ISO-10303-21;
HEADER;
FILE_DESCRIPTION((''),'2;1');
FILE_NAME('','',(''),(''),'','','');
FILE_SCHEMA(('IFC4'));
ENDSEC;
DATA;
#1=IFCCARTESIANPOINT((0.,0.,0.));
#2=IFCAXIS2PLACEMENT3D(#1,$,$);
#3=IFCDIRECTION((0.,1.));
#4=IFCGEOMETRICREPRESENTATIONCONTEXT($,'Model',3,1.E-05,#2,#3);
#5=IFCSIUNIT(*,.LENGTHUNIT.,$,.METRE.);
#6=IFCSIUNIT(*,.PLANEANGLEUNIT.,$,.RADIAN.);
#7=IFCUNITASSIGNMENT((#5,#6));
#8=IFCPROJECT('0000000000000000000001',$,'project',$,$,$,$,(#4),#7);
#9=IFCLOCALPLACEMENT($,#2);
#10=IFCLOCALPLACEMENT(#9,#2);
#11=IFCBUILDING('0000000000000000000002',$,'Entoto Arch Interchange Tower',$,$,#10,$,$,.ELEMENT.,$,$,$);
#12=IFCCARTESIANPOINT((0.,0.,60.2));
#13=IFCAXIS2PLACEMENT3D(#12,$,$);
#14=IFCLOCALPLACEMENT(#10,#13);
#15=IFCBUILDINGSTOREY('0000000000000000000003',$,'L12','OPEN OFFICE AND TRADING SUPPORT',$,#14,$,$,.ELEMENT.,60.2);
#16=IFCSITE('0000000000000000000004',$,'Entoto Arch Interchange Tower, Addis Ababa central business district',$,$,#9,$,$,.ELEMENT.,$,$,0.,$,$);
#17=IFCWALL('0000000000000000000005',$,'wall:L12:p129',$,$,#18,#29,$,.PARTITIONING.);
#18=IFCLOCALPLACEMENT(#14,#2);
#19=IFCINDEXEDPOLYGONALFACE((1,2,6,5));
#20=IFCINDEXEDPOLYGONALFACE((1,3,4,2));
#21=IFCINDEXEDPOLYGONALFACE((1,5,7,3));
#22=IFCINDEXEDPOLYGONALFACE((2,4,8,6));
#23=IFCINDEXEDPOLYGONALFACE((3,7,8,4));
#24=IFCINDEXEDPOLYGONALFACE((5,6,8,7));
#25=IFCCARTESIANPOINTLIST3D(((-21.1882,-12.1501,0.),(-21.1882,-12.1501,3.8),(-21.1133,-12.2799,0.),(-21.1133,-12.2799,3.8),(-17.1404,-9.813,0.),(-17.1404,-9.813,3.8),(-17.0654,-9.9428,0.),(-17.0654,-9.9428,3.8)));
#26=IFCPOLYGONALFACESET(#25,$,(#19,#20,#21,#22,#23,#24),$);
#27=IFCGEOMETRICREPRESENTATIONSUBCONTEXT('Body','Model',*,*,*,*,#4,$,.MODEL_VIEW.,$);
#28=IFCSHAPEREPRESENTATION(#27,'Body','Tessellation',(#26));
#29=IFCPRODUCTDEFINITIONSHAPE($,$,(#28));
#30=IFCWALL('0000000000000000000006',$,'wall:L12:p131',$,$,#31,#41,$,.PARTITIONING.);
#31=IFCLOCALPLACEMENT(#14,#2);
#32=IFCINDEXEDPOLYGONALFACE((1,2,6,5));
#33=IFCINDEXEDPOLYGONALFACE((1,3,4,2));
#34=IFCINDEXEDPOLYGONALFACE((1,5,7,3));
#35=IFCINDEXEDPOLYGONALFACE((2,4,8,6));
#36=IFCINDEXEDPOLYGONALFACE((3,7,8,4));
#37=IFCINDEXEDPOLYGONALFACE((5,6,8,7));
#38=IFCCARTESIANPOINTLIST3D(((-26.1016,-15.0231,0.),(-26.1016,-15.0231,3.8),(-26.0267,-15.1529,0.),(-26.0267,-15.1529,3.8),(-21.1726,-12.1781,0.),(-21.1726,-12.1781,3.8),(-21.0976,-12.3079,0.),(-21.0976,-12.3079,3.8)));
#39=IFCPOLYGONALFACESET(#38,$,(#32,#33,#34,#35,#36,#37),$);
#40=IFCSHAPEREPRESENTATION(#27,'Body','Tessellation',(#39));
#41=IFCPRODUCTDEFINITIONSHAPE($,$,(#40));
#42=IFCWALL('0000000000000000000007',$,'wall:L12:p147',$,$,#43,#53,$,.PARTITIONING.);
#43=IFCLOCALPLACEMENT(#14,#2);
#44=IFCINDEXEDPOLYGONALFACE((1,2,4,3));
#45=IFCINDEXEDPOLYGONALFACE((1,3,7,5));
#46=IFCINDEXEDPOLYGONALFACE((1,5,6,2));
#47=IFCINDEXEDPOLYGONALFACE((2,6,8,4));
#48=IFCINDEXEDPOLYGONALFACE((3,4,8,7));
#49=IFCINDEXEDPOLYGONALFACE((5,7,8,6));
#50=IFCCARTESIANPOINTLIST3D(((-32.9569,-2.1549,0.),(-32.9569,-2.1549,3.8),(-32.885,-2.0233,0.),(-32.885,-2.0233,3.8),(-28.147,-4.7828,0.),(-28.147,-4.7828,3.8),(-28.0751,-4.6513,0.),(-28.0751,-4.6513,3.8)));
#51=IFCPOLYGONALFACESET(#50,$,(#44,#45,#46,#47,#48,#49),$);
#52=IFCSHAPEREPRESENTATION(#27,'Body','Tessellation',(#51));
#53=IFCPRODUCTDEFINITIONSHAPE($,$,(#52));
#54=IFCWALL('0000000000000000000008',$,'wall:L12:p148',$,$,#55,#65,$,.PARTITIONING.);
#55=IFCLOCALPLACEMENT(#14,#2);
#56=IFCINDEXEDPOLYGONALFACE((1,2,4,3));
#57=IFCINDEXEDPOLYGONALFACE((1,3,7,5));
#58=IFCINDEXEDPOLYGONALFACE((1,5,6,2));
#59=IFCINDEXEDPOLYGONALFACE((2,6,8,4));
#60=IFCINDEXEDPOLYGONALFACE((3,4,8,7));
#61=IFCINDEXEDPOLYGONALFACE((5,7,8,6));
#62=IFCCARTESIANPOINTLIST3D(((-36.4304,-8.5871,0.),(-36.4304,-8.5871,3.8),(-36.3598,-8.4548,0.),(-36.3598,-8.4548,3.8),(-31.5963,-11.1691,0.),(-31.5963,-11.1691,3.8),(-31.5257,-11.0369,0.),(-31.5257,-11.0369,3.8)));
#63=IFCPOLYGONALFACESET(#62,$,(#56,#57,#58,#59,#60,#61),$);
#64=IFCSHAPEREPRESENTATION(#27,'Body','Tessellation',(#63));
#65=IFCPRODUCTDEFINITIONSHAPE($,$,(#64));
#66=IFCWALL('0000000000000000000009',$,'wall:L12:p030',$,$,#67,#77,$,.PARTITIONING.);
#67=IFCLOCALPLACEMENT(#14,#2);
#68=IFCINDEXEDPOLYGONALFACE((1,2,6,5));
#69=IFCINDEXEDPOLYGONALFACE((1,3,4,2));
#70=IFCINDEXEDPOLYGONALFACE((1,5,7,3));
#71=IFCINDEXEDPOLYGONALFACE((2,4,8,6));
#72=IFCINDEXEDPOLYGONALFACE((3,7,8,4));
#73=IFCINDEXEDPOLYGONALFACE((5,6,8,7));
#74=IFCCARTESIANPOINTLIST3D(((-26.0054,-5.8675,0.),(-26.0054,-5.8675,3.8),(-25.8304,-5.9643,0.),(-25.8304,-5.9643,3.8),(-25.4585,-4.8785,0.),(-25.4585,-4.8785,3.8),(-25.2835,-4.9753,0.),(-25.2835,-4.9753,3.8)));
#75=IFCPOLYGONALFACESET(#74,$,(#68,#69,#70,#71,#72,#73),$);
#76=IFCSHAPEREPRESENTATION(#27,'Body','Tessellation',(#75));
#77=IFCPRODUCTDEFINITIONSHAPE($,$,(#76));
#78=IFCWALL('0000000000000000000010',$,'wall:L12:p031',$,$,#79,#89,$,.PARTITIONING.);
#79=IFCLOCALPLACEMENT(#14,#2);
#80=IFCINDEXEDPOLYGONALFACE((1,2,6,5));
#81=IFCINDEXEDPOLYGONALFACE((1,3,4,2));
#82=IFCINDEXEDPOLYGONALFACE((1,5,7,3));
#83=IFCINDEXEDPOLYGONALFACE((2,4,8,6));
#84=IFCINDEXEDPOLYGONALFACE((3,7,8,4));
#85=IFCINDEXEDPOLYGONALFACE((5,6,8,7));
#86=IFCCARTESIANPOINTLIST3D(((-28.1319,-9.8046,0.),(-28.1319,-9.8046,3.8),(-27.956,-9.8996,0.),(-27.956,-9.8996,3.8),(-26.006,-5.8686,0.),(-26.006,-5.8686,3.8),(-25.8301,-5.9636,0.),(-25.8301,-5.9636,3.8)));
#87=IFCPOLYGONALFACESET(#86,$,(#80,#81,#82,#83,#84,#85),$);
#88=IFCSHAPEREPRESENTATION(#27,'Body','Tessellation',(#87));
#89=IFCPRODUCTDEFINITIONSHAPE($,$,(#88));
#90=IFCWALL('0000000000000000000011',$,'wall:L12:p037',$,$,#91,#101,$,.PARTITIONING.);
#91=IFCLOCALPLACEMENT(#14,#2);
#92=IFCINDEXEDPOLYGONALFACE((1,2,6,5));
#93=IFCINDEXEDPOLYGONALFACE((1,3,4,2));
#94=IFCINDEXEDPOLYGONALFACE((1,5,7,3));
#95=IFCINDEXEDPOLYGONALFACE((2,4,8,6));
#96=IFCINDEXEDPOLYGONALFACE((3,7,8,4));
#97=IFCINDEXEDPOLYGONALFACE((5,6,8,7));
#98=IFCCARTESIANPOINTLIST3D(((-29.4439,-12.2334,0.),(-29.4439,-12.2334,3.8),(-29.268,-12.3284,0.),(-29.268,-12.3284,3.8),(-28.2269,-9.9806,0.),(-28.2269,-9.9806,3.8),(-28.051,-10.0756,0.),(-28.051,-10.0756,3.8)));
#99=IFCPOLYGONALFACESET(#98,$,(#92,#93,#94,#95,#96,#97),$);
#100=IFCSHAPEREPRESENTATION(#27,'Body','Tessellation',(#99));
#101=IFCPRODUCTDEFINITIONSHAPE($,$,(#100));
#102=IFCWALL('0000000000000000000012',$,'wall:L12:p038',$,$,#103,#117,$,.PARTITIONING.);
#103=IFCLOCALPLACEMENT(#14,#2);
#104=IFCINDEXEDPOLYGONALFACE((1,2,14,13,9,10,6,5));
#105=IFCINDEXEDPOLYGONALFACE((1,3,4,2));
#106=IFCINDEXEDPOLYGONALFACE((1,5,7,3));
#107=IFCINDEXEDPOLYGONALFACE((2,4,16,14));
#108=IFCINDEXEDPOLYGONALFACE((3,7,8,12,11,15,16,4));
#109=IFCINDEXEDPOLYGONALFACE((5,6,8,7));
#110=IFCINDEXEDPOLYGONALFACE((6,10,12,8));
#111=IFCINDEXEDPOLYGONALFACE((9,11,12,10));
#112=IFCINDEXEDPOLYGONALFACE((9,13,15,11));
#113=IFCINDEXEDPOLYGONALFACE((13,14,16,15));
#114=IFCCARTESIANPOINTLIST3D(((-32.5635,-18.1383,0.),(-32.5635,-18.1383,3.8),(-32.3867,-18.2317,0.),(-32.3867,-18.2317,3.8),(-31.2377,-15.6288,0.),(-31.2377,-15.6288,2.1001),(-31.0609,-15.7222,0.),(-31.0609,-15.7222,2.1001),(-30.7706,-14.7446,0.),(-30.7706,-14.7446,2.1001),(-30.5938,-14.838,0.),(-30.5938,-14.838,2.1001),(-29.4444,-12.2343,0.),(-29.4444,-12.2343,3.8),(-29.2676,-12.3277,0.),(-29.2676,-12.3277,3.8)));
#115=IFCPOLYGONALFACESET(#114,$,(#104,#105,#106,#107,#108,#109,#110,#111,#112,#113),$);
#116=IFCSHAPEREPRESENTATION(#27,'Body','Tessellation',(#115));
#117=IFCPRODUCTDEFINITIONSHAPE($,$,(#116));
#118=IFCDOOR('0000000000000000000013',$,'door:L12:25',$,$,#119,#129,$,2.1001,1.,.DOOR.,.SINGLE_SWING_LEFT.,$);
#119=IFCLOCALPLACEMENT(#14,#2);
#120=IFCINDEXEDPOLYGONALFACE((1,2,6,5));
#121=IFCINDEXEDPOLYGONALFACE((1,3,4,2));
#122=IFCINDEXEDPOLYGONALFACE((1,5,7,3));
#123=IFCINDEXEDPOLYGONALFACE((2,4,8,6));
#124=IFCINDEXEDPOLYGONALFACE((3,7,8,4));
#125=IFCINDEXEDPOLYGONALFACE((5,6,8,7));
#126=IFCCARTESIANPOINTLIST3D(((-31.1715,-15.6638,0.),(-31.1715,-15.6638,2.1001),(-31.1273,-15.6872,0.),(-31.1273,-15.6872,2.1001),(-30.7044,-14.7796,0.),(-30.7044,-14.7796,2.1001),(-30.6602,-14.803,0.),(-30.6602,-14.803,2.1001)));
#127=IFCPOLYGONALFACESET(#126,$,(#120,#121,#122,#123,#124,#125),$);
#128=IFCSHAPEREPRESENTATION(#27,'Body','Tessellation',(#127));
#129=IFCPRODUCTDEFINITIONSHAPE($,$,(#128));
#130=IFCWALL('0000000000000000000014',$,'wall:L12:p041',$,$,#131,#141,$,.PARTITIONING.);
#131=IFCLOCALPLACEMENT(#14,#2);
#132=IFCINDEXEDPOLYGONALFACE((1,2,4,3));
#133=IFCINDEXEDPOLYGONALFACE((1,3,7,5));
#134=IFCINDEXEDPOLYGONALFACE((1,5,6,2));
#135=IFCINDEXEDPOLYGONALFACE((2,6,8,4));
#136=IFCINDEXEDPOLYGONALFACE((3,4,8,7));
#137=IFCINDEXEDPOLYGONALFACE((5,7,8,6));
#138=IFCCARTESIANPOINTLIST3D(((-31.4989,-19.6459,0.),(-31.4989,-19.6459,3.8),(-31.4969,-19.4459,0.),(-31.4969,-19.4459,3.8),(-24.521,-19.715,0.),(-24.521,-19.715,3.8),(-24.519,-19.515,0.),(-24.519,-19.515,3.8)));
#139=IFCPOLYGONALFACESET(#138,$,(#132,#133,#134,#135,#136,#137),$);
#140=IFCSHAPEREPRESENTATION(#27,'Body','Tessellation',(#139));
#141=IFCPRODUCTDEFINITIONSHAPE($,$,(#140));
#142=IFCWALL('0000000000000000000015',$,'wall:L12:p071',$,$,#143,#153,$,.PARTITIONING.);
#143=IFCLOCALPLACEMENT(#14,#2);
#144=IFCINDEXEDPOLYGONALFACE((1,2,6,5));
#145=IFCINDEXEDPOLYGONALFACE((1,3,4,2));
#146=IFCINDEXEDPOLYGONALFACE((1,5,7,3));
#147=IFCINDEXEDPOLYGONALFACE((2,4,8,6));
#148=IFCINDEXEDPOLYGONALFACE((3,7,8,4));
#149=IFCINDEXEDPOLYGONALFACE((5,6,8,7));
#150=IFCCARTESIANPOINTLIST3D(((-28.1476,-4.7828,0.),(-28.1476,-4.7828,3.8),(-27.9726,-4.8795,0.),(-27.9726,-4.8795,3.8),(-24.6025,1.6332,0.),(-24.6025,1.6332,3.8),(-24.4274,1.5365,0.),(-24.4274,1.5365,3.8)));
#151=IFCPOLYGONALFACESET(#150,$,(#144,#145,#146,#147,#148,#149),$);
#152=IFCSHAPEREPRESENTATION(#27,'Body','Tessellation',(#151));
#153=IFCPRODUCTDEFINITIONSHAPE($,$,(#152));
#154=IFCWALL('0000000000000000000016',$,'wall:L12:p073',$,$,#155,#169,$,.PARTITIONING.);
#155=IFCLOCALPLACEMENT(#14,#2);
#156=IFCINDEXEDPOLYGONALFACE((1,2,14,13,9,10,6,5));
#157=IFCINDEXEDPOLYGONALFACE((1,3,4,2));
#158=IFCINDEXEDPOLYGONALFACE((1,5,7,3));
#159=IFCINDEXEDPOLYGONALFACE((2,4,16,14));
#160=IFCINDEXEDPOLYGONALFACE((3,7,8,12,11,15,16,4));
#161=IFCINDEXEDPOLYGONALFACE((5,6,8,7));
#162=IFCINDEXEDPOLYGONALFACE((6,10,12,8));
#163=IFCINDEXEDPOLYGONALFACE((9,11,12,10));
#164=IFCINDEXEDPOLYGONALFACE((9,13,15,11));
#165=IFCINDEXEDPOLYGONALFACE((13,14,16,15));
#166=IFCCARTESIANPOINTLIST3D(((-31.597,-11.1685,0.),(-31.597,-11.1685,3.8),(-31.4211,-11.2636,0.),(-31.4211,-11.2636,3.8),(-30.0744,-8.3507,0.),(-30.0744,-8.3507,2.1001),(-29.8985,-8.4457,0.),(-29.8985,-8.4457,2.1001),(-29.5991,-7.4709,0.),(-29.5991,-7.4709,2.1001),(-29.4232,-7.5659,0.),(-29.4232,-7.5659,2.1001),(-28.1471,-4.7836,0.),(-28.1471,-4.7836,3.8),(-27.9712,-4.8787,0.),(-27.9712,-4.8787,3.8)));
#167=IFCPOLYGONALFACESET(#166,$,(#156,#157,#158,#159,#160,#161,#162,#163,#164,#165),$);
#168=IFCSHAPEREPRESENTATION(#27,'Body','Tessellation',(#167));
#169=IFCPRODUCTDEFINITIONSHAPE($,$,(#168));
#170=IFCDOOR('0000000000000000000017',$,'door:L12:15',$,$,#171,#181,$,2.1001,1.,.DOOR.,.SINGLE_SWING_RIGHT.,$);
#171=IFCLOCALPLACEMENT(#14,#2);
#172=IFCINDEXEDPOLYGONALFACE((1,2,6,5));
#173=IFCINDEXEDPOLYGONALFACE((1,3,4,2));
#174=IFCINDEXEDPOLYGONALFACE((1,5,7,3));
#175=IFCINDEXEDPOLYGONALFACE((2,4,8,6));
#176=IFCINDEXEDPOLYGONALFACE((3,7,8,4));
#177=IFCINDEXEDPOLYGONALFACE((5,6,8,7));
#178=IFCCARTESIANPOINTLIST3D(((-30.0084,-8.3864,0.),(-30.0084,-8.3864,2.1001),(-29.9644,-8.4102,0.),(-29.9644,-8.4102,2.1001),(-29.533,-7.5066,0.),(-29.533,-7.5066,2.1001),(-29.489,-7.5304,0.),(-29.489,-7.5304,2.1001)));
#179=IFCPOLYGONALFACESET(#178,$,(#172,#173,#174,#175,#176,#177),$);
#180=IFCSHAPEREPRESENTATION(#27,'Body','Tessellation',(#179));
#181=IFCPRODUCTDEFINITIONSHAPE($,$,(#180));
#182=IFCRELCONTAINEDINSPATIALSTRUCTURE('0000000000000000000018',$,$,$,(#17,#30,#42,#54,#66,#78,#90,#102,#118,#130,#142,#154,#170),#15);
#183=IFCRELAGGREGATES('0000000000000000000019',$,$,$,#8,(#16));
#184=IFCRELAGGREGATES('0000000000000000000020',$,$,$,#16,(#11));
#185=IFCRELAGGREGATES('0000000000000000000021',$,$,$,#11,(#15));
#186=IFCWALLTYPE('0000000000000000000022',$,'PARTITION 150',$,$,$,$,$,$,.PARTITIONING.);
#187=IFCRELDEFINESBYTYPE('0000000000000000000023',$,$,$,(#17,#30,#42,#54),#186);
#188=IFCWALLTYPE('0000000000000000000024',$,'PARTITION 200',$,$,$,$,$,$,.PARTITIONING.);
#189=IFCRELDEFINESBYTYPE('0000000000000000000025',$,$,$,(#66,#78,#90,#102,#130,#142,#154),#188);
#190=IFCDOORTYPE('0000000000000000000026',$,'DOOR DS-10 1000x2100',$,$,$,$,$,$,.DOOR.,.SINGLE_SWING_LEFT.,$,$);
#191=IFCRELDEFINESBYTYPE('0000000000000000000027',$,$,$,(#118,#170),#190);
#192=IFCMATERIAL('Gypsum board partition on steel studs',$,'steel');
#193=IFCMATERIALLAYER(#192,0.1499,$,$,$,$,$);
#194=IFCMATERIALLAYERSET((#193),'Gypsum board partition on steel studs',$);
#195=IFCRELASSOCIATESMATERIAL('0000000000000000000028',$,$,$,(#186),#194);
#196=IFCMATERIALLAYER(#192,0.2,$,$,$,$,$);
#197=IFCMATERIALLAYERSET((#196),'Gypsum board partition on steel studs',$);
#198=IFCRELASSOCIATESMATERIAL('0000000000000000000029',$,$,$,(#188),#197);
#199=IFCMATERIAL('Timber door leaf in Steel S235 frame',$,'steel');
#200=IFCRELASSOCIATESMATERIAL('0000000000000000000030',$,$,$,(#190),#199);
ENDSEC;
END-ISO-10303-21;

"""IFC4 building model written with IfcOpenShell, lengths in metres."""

from ifc_helpers import new_model, si_unit, direction, frame, frame_2d, origin, place, context, subcontext, project, spatial, rectangle, extrude, material, layer, layer_set, type_object, element, fill, save


model = new_model("IFC4")

# Units and contexts
model_context = context("Model", 3, precision=1e-05, world=origin(), true_north=direction((0.0, 1.0)))
body_context = subcontext(model_context, "Body", "Model", "MODEL_VIEW")
ifc_project = project(units=[si_unit("LENGTHUNIT", "METRE"), si_unit("PLANEANGLEUNIT", "RADIAN")], contexts=[model_context])

# Site, building, storey
site_placement = place(None, origin())
site = spatial("IfcSite", under=ifc_project, at=site_placement, Name="Entoto Arch Interchange Tower, Addis Ababa central business district", CompositionType="ELEMENT", RefElevation=0.0)
building_placement = place(site_placement, origin())
building = spatial("IfcBuilding", under=site, at=building_placement, Name="Entoto Arch Interchange Tower", CompositionType="ELEMENT")
storey_placement = place(building_placement, frame((0.0, 0.0, 60.2)))
storey = spatial("IfcBuildingStorey", under=building, at=storey_placement, Name="L12", Description="OPEN OFFICE AND TRADING SUPPORT", CompositionType="ELEMENT", Elevation=60.2)

# Walls
ifc_material_1 = material(Name="Gypsum board partition on steel studs", Category="steel")
ifc_layer_1 = layer(ifc_material_1, 0.1499)
ifc_layer_set_1 = layer_set([ifc_layer_1], Name="Gypsum board partition on steel studs")
wall_type_1 = type_object("IfcWallType", Name="PARTITION 150", PredefinedType="PARTITIONING", material=ifc_layer_set_1)
wall_1_placement = place(storey_placement, frame((-17.103, -9.8779, 0.0), z_axis=(0.0, 0.0, 1.0), x_axis=(-0.866013, -0.500021, 0.0)))
element("IfcWall", 1, at=wall_1_placement, inside=storey, type_object=wall_type_1, Name="wall:L12:p129", PredefinedType="PARTITIONING", context=body_context, shape_type="SweptSolid", body=[
    extrude(rectangle(XDim=4.6741, YDim=0.1499, at=frame_2d((2.3369, 0.0))), origin(), (0.0, 0.0, 1.0), 3.8),
])
wall_2_placement = place(storey_placement, frame((-21.135, -12.2429, 0.0), z_axis=(0.0, 0.0, 1.0), x_axis=(-0.866083, -0.499899, 0.0)))
element("IfcWall", 2, at=wall_2_placement, inside=storey, type_object=wall_type_1, Name="wall:L12:p131", PredefinedType="PARTITIONING", context=body_context, shape_type="SweptSolid", body=[
    extrude(rectangle(XDim=5.6912, YDim=0.1499, at=frame_2d((2.8457, 0.0))), origin(), (0.0, 0.0, 1.0), 3.8),
])
wall_3_placement = place(storey_placement, frame((-28.1111, -4.717, 0.0), z_axis=(0.0, 0.0, 1.0), x_axis=(-0.877558, 0.47947, 0.0)))
element("IfcWall", 3, at=wall_3_placement, inside=storey, type_object=wall_type_1, Name="wall:L12:p147", PredefinedType="PARTITIONING", context=body_context, shape_type="SweptSolid", body=[
    extrude(rectangle(XDim=5.481, YDim=0.1499, at=frame_2d((2.7405, 0.0))), origin(), (0.0, 0.0, 1.0), 3.8),
])
wall_4_placement = place(storey_placement, frame((-31.561, -11.103, 0.0), z_axis=(0.0, 0.0, 1.0), x_axis=(-0.882057, 0.471143, 0.0)))
element("IfcWall", 4, at=wall_4_placement, inside=storey, type_object=wall_type_1, Name="wall:L12:p148", PredefinedType="PARTITIONING", context=body_context, shape_type="SweptSolid", body=[
    extrude(rectangle(XDim=5.4805, YDim=0.1499, at=frame_2d((2.7402, 0.0))), origin(), (0.0, 0.0, 1.0), 3.8),
])
ifc_layer_2 = layer(ifc_material_1, 0.2)
ifc_layer_set_2 = layer_set([ifc_layer_2], Name="Gypsum board partition on steel studs")
wall_type_2 = type_object("IfcWallType", Name="PARTITION 200", PredefinedType="PARTITIONING", material=ifc_layer_set_2)
wall_5_placement = place(storey_placement, frame((-25.3711, -4.927, 0.0), z_axis=(0.0, 0.0, 1.0), x_axis=(-0.483899, -0.875124, 0.0)))
element("IfcWall", 5, at=wall_5_placement, inside=storey, type_object=wall_type_2, Name="wall:L12:p030", PredefinedType="PARTITIONING", context=body_context, shape_type="SweptSolid", body=[
    extrude(rectangle(XDim=1.1301, YDim=0.2, at=frame_2d((0.5649, 0.0))), origin(), (0.0, 0.0, 1.0), 3.8),
])
wall_6_placement = place(storey_placement, frame((-25.918, -5.916, 0.0), z_axis=(0.0, 0.0, 1.0), x_axis=(-0.475238, -0.879857, 0.0)))
element("IfcWall", 6, at=wall_6_placement, inside=storey, type_object=wall_type_2, Name="wall:L12:p031", PredefinedType="PARTITIONING", context=body_context, shape_type="SweptSolid", body=[
    extrude(rectangle(XDim=4.4734, YDim=0.2, at=frame_2d((2.2368, 0.0))), origin(), (0.0, 0.0, 1.0), 3.8),
])
wall_7_placement = place(storey_placement, frame((-28.1389, -10.0281, 0.0), z_axis=(0.0, 0.0, 1.0), x_axis=(-0.475288, -0.87983, 0.0)))
element("IfcWall", 7, at=wall_7_placement, inside=storey, type_object=wall_type_2, Name="wall:L12:p037", PredefinedType="PARTITIONING", context=body_context, shape_type="SweptSolid", body=[
    extrude(rectangle(XDim=2.5605, YDim=0.2, at=frame_2d((1.2803, 0.0))), origin(), (0.0, 0.0, 1.0), 3.8),
])

# Wall, opening, door
wall_8_placement = place(storey_placement, frame((-29.356, -12.281, 0.0), z_axis=(0.0, 0.0, 1.0), x_axis=(-0.467123, -0.884192, 0.0)))
wall_8 = element("IfcWall", 8, at=wall_8_placement, inside=storey, type_object=wall_type_2, Name="wall:L12:p038", PredefinedType="PARTITIONING", context=body_context, shape_type="SweptSolid", body=[
    extrude(rectangle(XDim=6.6772, YDim=0.2, at=frame_2d((3.3386, 0.0))), origin(), (0.0, 0.0, 1.0), 3.8),
])
opening_1_placement = place(wall_8_placement, frame((2.8391, 0.0, 0.0)))
opening_1 = element("IfcOpeningElement", 9, at=opening_1_placement, cuts=wall_8, PredefinedType="OPENING", context=body_context, shape_type="SweptSolid", body=[
    extrude(rectangle(XDim=1.0, YDim=2.1001, at=frame_2d((0.5, 1.05))), frame((0.0, 0.1099, 0.0), z_axis=(0.0, -1.0, 0.0), x_axis=(1.0, 0.0, 0.0)), (0.0, 0.0, 1.0), 0.22),
])
ifc_material_2 = material(Name="Timber door leaf in Steel S235 frame", Category="steel")
door_type = type_object("IfcDoorType", Name="DOOR DS-10 1000x2100", OperationType="SINGLE_SWING_LEFT", PredefinedType="DOOR", material=ifc_material_2)
door_1_placement = place(opening_1_placement, origin())
door_1 = element("IfcDoor", 10, at=door_1_placement, inside=storey, type_object=door_type, Name="door:L12:25", OperationType="SINGLE_SWING_LEFT", OverallHeight=2.1001, OverallWidth=1.0, PredefinedType="DOOR", context=body_context, shape_type="SweptSolid", body=[
    extrude(rectangle(XDim=1.0, YDim=2.1001, at=frame_2d((0.5, 1.05))), frame((0.0, 0.0249, 0.0), z_axis=(0.0, -1.0, 0.0), x_axis=(1.0, 0.0, 0.0)), (0.0, 0.0, 1.0), 0.05),
])
fill(opening_1, door_1)

# Walls
wall_9_placement = place(storey_placement, frame((-31.498, -19.5459, 0.0), z_axis=(0.0, 0.0, 1.0), x_axis=(0.999951, -0.009901, 0.0)))
element("IfcWall", 11, at=wall_9_placement, inside=storey, type_object=wall_type_2, Name="wall:L12:p041", PredefinedType="PARTITIONING", context=body_context, shape_type="SweptSolid", body=[
    extrude(rectangle(XDim=6.9783, YDim=0.2, at=frame_2d((3.4893, 0.0))), origin(), (0.0, 0.0, 1.0), 3.8),
])
wall_10_placement = place(storey_placement, frame((-28.0601, -4.8311, 0.0), z_axis=(0.0, 0.0, 1.0), x_axis=(0.483631, 0.875272, 0.0)))
element("IfcWall", 12, at=wall_10_placement, inside=storey, type_object=wall_type_2, Name="wall:L12:p071", PredefinedType="PARTITIONING", context=body_context, shape_type="SweptSolid", body=[
    extrude(rectangle(XDim=7.3303, YDim=0.2, at=frame_2d((3.665, 0.0))), origin(), (0.0, 0.0, 1.0), 3.8),
])

# Wall, opening, door
wall_11_placement = place(storey_placement, frame((-31.509, -11.2161, 0.0), z_axis=(0.0, 0.0, 1.0), x_axis=(0.475367, 0.879788, 0.0)))
wall_11 = element("IfcWall", 13, at=wall_11_placement, inside=storey, type_object=wall_type_2, Name="wall:L12:p073", PredefinedType="PARTITIONING", context=body_context, shape_type="SweptSolid", body=[
    extrude(rectangle(XDim=7.2573, YDim=0.2, at=frame_2d((3.6287, 0.0))), origin(), (0.0, 0.0, 1.0), 3.8),
])
opening_2_placement = place(wall_11_placement, frame((3.2029, 0.0, 0.0)))
opening_2 = element("IfcOpeningElement", 14, at=opening_2_placement, cuts=wall_11, PredefinedType="OPENING", context=body_context, shape_type="SweptSolid", body=[
    extrude(rectangle(XDim=1.0, YDim=2.1001, at=frame_2d((0.5, 1.05))), frame((0.0, 0.1099, 0.0), z_axis=(0.0, -1.0, 0.0), x_axis=(1.0, 0.0, 0.0)), (0.0, 0.0, 1.0), 0.22),
])
door_2_placement = place(opening_2_placement, origin())
door_2 = element("IfcDoor", 15, at=door_2_placement, inside=storey, type_object=door_type, Name="door:L12:15", OperationType="SINGLE_SWING_RIGHT", OverallHeight=2.1001, OverallWidth=1.0, PredefinedType="DOOR", context=body_context, shape_type="SweptSolid", body=[
    extrude(rectangle(XDim=1.0, YDim=2.1001, at=frame_2d((0.5, 1.05))), frame((0.0, 0.0249, 0.0), z_axis=(0.0, -1.0, 0.0), x_axis=(1.0, 0.0, 0.0)), (0.0, 0.0, 1.0), 0.05),
])
fill(opening_2, door_2)

save(model, "model.ifc")
